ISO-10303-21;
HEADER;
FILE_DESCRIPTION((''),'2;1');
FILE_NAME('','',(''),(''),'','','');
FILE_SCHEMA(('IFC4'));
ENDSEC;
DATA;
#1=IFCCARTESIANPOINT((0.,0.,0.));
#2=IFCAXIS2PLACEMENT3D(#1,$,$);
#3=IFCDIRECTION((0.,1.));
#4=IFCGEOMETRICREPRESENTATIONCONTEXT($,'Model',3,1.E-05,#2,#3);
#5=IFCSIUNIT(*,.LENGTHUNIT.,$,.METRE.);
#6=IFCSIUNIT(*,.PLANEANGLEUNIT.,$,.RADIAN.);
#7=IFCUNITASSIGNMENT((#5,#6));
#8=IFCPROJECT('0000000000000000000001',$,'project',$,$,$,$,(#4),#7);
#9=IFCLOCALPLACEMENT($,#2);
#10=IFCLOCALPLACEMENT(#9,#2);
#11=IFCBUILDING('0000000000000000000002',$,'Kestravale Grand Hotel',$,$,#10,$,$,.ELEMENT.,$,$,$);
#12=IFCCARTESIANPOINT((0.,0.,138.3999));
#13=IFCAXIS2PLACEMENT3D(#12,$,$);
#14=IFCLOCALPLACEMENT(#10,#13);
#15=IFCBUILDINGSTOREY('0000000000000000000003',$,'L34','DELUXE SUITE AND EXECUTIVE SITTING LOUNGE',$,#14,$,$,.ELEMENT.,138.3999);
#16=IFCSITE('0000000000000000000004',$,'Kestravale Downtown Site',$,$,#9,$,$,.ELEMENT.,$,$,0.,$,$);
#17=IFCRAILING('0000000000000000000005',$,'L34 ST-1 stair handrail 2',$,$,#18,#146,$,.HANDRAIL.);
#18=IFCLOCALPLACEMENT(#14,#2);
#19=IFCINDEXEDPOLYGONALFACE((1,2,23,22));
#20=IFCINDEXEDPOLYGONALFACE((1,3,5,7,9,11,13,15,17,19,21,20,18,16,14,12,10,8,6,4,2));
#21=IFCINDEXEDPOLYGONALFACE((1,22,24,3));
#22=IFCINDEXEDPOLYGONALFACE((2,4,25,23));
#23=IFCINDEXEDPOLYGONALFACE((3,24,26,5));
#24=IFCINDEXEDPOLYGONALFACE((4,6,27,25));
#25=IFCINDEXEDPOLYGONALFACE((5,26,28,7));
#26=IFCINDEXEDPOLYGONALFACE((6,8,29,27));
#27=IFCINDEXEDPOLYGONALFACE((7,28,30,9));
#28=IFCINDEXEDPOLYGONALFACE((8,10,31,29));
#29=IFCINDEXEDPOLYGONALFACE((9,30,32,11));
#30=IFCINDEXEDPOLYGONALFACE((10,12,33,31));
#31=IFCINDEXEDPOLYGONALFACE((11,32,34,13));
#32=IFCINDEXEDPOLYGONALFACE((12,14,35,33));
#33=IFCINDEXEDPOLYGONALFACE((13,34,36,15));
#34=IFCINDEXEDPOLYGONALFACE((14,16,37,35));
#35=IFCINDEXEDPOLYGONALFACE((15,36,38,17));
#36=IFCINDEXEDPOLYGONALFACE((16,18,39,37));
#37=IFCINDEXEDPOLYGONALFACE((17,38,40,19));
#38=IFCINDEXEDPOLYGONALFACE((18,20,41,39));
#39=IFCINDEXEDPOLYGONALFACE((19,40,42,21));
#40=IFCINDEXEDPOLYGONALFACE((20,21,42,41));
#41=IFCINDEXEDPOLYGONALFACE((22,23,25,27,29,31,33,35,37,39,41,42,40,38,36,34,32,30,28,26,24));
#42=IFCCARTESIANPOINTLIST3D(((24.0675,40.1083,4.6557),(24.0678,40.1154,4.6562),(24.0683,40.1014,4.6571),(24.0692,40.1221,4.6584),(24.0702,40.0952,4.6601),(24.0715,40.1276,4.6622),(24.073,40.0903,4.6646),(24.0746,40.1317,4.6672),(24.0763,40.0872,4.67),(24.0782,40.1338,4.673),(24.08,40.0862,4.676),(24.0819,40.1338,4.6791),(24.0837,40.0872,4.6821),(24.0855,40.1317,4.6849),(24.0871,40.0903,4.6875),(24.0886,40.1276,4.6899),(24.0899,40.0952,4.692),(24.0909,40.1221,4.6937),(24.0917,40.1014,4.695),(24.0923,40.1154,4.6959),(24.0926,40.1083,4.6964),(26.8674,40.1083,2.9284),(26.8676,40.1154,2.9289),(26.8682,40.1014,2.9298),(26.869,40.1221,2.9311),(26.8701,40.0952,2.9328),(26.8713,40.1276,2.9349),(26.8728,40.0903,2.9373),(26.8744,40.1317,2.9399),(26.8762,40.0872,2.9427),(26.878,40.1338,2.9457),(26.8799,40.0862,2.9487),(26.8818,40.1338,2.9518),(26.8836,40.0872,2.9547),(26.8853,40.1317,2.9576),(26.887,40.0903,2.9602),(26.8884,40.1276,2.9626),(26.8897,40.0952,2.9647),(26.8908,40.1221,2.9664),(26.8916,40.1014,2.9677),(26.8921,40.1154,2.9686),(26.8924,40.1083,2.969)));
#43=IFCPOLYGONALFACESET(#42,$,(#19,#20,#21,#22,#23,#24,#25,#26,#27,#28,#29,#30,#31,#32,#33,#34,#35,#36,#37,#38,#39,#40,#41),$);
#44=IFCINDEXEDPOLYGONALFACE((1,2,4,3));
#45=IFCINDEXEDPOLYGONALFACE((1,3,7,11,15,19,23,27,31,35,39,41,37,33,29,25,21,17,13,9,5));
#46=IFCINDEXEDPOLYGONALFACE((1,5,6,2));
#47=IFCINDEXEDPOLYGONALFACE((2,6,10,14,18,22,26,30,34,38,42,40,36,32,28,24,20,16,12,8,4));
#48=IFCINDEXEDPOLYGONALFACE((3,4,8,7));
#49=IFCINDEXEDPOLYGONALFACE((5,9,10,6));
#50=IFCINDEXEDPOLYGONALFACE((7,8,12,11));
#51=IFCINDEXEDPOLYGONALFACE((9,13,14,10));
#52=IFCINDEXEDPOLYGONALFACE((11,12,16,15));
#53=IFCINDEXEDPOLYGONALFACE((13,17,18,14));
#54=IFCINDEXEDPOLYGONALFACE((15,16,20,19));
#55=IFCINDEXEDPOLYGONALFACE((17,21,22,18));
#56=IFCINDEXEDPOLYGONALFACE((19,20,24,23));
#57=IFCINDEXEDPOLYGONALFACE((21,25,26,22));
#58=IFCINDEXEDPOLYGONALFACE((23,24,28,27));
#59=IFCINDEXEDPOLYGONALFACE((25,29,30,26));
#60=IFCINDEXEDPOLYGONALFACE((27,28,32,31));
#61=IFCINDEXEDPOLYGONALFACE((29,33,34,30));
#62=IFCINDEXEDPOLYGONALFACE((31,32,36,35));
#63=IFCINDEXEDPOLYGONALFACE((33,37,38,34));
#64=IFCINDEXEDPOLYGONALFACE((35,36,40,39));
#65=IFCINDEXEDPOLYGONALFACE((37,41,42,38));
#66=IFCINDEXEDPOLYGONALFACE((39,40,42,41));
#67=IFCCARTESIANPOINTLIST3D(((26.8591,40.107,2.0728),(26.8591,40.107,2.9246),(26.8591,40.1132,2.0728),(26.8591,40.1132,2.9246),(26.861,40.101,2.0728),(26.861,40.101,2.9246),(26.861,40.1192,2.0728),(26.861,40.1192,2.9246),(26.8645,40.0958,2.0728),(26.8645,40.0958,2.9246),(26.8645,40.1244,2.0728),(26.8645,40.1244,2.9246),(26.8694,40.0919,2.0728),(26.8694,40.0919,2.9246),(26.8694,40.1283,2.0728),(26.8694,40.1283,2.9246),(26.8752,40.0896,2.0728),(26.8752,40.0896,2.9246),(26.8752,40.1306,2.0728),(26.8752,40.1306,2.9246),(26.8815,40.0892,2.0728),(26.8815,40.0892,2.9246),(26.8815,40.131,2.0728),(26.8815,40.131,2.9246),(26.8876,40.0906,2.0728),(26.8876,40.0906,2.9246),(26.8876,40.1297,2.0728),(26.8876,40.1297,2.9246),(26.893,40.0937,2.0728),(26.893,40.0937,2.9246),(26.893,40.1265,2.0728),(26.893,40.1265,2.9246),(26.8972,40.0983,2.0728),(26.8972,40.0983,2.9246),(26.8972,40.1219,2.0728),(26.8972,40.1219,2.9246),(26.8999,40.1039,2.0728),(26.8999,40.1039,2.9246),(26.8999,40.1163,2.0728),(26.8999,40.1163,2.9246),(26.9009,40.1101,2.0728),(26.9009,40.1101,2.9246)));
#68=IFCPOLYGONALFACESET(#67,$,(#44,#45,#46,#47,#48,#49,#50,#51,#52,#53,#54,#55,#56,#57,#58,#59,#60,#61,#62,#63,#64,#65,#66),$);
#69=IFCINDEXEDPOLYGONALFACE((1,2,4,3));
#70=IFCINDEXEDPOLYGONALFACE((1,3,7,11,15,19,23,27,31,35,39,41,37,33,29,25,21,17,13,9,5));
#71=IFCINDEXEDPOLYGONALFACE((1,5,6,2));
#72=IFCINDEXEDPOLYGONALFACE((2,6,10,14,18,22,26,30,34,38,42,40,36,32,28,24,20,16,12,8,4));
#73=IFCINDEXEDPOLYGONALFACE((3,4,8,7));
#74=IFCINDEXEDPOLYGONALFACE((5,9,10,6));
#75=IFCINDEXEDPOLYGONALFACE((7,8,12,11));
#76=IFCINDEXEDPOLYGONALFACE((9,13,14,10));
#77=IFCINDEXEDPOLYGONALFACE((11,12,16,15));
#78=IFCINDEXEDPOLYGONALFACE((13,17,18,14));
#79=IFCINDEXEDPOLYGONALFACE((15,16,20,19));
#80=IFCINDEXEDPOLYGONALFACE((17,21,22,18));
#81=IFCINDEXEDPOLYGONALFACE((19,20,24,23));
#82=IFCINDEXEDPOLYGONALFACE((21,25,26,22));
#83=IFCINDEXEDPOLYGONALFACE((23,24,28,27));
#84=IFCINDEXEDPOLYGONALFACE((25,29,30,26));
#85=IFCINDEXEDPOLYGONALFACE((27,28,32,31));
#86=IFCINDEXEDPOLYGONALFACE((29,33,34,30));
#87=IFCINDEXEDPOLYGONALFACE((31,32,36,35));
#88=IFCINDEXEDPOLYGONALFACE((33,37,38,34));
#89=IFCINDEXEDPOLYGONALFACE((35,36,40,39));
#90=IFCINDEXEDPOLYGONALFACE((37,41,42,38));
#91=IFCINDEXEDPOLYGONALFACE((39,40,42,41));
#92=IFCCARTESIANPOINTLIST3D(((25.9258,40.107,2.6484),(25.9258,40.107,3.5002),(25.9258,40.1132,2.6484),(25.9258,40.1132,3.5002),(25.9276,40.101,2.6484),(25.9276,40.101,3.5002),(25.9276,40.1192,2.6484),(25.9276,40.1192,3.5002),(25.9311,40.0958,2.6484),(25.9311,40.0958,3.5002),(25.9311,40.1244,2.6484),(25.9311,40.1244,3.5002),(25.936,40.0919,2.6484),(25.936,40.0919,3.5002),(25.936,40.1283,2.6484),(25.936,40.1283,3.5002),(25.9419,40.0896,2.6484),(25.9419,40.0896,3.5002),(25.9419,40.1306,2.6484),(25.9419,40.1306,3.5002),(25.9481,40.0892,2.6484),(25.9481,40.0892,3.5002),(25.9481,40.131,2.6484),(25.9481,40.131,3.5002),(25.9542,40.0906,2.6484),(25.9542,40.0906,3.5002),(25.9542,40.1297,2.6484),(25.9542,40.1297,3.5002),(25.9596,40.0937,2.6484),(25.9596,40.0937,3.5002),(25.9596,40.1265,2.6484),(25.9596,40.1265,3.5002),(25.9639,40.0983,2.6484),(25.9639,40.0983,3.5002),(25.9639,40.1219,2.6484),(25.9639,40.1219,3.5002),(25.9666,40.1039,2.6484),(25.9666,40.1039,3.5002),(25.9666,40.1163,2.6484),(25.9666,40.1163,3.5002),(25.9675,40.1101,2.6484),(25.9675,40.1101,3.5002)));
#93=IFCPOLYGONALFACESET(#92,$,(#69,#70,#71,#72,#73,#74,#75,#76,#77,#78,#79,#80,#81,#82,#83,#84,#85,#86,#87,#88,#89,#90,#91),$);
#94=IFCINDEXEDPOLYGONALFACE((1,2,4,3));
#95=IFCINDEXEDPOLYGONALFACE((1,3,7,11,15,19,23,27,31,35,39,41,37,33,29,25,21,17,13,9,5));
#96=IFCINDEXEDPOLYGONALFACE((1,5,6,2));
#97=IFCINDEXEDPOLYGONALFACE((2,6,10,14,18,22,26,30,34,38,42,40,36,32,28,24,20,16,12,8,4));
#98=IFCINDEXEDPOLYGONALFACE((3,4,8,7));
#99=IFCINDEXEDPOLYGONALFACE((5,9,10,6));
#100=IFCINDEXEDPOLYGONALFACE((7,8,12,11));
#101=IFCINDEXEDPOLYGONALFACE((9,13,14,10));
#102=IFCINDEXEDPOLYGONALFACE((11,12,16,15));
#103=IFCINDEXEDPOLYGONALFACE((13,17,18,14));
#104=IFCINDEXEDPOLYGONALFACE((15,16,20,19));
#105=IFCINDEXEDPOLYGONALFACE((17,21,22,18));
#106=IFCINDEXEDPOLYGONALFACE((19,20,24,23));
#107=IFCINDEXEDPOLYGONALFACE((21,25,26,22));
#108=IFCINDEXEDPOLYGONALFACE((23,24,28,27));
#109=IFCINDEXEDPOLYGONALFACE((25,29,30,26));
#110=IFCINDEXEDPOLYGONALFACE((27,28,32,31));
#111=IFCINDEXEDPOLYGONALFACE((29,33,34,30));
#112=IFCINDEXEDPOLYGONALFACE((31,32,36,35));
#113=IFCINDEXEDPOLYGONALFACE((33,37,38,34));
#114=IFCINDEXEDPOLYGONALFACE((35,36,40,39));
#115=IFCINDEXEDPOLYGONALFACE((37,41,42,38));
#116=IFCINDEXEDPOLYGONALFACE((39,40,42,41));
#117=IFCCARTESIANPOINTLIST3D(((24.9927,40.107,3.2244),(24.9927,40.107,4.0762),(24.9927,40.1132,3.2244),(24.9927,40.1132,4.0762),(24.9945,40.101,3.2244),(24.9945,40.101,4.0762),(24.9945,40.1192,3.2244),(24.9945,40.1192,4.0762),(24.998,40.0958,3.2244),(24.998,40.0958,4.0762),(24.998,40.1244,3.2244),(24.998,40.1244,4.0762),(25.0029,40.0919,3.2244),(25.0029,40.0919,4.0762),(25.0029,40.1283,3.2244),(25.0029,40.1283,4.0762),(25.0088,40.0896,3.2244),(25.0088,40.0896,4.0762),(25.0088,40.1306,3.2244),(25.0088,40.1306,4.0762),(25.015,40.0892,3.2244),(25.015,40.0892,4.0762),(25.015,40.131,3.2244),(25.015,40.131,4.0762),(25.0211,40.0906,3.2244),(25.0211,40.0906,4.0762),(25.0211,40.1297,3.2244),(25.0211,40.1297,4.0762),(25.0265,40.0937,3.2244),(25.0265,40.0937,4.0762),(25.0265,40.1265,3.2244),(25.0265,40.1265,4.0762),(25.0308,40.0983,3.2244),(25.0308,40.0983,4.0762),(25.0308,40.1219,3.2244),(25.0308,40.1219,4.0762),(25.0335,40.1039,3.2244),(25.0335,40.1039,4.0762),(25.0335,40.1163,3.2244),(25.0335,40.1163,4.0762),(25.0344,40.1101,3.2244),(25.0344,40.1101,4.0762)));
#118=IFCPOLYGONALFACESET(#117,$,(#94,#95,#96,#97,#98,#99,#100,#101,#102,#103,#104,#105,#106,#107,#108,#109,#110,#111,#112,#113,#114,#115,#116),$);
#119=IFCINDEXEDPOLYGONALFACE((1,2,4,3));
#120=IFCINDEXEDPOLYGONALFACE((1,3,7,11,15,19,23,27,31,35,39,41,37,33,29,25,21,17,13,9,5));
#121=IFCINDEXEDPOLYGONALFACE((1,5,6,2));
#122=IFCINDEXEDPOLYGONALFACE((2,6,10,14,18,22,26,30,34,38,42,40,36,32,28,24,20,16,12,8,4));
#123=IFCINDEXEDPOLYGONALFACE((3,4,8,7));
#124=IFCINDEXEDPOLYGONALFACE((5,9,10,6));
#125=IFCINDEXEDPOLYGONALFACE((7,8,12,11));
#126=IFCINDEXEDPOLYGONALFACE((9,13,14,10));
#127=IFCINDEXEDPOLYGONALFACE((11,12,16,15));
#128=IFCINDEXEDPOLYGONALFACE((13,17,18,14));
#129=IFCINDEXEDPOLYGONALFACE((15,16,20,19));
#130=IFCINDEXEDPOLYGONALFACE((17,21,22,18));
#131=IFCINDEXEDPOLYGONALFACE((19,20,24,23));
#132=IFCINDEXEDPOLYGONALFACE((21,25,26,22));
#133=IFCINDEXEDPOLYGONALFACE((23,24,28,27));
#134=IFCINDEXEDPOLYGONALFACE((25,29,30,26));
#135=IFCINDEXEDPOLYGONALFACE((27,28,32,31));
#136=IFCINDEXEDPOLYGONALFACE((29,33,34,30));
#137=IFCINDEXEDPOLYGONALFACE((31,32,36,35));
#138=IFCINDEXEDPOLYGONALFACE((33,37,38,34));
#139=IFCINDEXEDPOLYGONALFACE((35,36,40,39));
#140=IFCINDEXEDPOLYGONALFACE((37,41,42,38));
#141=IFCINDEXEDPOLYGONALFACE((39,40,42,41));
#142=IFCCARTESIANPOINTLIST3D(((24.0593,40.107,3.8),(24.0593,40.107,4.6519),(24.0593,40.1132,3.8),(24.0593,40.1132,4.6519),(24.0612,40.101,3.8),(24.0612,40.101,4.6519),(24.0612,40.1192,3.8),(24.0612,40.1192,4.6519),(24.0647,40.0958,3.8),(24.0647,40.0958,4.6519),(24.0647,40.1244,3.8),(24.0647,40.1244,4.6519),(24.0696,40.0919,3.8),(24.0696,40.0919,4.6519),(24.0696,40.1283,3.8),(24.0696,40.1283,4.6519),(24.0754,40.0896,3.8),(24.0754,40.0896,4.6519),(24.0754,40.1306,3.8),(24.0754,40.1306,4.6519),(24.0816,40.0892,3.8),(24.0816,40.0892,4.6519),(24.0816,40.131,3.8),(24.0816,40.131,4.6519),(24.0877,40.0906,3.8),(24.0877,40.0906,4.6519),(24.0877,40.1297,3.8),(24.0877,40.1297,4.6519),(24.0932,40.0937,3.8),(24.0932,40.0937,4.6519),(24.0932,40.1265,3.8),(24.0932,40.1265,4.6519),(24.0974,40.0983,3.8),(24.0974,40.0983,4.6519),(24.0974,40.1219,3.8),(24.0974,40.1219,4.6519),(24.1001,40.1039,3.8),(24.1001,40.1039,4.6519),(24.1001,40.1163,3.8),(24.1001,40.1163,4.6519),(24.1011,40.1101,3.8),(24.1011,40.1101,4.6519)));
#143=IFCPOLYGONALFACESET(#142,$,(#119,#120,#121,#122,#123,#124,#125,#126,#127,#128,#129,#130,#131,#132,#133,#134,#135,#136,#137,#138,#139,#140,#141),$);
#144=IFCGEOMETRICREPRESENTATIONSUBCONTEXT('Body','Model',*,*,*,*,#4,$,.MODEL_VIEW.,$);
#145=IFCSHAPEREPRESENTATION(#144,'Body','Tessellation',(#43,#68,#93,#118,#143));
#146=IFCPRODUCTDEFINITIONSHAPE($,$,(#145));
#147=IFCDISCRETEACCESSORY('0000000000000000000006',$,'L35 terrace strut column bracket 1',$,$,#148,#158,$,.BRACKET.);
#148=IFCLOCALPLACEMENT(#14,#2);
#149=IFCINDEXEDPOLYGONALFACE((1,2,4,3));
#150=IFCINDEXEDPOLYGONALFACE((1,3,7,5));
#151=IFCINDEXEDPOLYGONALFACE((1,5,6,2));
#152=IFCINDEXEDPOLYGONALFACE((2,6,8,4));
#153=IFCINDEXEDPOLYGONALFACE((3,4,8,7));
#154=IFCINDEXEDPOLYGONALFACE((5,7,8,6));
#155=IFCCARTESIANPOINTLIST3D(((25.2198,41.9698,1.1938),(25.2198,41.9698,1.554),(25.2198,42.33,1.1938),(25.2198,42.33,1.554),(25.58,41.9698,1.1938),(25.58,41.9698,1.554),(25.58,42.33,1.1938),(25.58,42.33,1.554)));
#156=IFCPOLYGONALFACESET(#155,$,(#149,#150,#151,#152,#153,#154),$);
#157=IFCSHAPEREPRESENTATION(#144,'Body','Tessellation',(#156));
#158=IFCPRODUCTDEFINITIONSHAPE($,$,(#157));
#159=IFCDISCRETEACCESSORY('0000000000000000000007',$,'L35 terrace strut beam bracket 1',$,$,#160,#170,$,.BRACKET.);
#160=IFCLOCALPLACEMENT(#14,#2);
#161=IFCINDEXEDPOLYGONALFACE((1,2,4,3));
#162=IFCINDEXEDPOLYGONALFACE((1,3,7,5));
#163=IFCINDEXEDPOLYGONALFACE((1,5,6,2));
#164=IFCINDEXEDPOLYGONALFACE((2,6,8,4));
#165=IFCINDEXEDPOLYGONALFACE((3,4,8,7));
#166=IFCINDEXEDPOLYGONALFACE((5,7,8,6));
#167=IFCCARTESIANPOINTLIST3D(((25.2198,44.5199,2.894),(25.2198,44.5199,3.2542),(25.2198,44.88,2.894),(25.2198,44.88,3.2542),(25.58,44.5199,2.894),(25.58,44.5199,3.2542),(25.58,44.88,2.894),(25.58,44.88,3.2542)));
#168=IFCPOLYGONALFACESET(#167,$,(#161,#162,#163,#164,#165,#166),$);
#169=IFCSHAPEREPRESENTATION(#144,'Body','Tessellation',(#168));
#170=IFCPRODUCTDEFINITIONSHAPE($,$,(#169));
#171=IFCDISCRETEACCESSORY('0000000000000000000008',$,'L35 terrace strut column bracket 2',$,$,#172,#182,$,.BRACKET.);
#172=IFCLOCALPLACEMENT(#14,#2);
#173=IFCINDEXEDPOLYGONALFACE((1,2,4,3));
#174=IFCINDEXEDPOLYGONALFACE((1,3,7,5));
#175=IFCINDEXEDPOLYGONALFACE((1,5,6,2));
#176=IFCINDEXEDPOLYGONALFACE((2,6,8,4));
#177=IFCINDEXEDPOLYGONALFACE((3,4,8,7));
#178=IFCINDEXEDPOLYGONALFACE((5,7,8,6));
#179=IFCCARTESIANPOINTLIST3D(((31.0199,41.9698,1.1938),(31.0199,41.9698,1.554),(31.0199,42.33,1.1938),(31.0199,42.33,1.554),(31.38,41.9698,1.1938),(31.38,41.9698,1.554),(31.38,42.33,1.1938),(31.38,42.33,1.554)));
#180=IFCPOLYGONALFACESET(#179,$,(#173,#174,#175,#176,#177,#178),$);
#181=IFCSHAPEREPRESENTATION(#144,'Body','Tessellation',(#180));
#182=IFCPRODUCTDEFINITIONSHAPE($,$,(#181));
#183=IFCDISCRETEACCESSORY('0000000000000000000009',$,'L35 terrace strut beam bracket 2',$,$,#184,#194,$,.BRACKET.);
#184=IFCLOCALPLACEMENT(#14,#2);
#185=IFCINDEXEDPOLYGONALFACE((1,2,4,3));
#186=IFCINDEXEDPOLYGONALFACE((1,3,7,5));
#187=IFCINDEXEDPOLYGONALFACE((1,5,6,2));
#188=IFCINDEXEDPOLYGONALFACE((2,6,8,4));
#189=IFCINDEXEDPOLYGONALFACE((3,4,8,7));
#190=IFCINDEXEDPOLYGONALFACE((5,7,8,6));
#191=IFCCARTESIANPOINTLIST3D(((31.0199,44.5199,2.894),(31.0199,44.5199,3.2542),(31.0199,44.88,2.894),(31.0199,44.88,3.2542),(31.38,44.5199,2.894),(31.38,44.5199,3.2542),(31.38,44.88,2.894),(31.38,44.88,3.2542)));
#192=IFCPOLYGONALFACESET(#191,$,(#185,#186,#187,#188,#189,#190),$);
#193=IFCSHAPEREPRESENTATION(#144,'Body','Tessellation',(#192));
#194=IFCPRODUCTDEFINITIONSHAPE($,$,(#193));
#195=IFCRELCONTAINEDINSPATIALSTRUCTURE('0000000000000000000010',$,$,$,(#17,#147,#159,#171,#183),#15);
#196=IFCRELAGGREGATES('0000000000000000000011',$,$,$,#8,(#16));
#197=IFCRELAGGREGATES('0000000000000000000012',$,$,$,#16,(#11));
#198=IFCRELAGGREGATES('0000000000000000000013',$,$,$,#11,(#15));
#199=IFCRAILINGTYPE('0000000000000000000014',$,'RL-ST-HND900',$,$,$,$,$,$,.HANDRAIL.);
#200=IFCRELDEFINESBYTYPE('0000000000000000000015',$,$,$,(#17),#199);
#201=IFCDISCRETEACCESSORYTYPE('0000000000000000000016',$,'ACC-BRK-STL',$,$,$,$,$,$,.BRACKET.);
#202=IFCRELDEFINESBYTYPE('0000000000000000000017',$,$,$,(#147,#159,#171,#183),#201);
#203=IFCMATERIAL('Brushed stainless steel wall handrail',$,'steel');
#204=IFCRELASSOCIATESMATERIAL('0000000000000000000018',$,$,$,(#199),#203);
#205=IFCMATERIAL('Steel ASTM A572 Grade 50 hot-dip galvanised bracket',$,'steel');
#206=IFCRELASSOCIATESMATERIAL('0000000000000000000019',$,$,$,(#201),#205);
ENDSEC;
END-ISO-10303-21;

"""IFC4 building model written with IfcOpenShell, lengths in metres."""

from ifc_helpers import new_model, si_unit, direction, frame, origin, origin_2d, place, context, subcontext, project, spatial, rectangle, circle, extrude, material, type_object, element, save


model = new_model("IFC4")

# Units and contexts
model_context = context("Model", 3, precision=1e-05, world=origin(), true_north=direction((0.0, 1.0)))
body_context = subcontext(model_context, "Body", "Model", "MODEL_VIEW")
ifc_project = project(units=[si_unit("LENGTHUNIT", "METRE"), si_unit("PLANEANGLEUNIT", "RADIAN")], contexts=[model_context])

# Site, building, storey
site_placement = place(None, origin())
site = spatial("IfcSite", under=ifc_project, at=site_placement, Name="Kestravale Downtown Site", CompositionType="ELEMENT", RefElevation=0.0)
building_placement = place(site_placement, origin())
building = spatial("IfcBuilding", under=site, at=building_placement, Name="Kestravale Grand Hotel", CompositionType="ELEMENT")
storey_placement = place(building_placement, frame((0.0, 0.0, 138.3999)))
storey = spatial("IfcBuildingStorey", under=building, at=storey_placement, Name="L34", Description="DELUXE SUITE AND EXECUTIVE SITTING LOUNGE", CompositionType="ELEMENT", Elevation=138.3999)

# Railing
ifc_material_1 = material(Name="Brushed stainless steel wall handrail", Category="steel")
railing_type_1 = type_object("IfcRailingType", Name="RL-ST-HND900", PredefinedType="HANDRAIL", material=ifc_material_1)
railing_1_placement = place(storey_placement, frame((26.8799, 40.1101, 2.0728)))
element("IfcRailing", 1, at=railing_1_placement, inside=storey, type_object=railing_type_1, Name="L34 ST-1 stair handrail 2", PredefinedType="HANDRAIL", context=body_context, shape_type="SweptSolid", body=[
    extrude(circle(Radius=0.0239, at=origin_2d()), frame((0.0, 0.0, 0.876), z_axis=(-0.851069, 0.0, 0.525054), x_axis=(0.0, -1.0, 0.0)), (0.0, 0.0, 1.0), 3.2898),
    extrude(circle(Radius=0.021, at=origin_2d()), origin(), (0.0, 0.0, 1.0), 0.8518),
    extrude(circle(Radius=0.021, at=origin_2d()), frame((-0.9333, 0.0, 0.5757)), (0.0, 0.0, 1.0), 0.8518),
    extrude(circle(Radius=0.021, at=origin_2d()), frame((-1.8665, 0.0, 1.1516)), (0.0, 0.0, 1.0), 0.8518),
    extrude(circle(Radius=0.021, at=origin_2d()), frame((-2.7998, 0.0, 1.7273)), (0.0, 0.0, 1.0), 0.8518),
])

# Discrete accessories
ifc_material_2 = material(Name="Steel ASTM A572 Grade 50 hot-dip galvanised bracket", Category="steel")
discrete_accessory_type = type_object("IfcDiscreteAccessoryType", Name="ACC-BRK-STL", PredefinedType="BRACKET", material=ifc_material_2)
for number, where, z_axis, x_axis, name in (
    (2, (25.3999, 42.1499, 1.1938), (0.0, 0.0, 1.0), (1.0, 0.0, 0.0), "L35 terrace strut column bracket 1"),
    (3, (25.3999, 44.7, 2.894), (0.0, 0.0, 1.0), (1.0, 0.0, 0.0), "L35 terrace strut beam bracket 1"),
    (4, (31.2, 42.1499, 1.1938), (0.0, 0.0, 1.0), (1.0, 0.0, 0.0), "L35 terrace strut column bracket 2"),
    (5, (31.2, 44.7, 2.894), (0.0, 0.0, 1.0), (1.0, 0.0, 0.0), "L35 terrace strut beam bracket 2"),
):
    element("IfcDiscreteAccessory", number, at=place(storey_placement, frame(where, z_axis=z_axis, x_axis=x_axis)), inside=storey, type_object=discrete_accessory_type, Name=name, PredefinedType="BRACKET", context=body_context, shape_type="SweptSolid", body=[
        extrude(rectangle(XDim=0.3601, YDim=0.3601, at=origin_2d()), origin(), (0.0, 0.0, 1.0), 0.3601),
    ])

save(model, "model.ifc")
